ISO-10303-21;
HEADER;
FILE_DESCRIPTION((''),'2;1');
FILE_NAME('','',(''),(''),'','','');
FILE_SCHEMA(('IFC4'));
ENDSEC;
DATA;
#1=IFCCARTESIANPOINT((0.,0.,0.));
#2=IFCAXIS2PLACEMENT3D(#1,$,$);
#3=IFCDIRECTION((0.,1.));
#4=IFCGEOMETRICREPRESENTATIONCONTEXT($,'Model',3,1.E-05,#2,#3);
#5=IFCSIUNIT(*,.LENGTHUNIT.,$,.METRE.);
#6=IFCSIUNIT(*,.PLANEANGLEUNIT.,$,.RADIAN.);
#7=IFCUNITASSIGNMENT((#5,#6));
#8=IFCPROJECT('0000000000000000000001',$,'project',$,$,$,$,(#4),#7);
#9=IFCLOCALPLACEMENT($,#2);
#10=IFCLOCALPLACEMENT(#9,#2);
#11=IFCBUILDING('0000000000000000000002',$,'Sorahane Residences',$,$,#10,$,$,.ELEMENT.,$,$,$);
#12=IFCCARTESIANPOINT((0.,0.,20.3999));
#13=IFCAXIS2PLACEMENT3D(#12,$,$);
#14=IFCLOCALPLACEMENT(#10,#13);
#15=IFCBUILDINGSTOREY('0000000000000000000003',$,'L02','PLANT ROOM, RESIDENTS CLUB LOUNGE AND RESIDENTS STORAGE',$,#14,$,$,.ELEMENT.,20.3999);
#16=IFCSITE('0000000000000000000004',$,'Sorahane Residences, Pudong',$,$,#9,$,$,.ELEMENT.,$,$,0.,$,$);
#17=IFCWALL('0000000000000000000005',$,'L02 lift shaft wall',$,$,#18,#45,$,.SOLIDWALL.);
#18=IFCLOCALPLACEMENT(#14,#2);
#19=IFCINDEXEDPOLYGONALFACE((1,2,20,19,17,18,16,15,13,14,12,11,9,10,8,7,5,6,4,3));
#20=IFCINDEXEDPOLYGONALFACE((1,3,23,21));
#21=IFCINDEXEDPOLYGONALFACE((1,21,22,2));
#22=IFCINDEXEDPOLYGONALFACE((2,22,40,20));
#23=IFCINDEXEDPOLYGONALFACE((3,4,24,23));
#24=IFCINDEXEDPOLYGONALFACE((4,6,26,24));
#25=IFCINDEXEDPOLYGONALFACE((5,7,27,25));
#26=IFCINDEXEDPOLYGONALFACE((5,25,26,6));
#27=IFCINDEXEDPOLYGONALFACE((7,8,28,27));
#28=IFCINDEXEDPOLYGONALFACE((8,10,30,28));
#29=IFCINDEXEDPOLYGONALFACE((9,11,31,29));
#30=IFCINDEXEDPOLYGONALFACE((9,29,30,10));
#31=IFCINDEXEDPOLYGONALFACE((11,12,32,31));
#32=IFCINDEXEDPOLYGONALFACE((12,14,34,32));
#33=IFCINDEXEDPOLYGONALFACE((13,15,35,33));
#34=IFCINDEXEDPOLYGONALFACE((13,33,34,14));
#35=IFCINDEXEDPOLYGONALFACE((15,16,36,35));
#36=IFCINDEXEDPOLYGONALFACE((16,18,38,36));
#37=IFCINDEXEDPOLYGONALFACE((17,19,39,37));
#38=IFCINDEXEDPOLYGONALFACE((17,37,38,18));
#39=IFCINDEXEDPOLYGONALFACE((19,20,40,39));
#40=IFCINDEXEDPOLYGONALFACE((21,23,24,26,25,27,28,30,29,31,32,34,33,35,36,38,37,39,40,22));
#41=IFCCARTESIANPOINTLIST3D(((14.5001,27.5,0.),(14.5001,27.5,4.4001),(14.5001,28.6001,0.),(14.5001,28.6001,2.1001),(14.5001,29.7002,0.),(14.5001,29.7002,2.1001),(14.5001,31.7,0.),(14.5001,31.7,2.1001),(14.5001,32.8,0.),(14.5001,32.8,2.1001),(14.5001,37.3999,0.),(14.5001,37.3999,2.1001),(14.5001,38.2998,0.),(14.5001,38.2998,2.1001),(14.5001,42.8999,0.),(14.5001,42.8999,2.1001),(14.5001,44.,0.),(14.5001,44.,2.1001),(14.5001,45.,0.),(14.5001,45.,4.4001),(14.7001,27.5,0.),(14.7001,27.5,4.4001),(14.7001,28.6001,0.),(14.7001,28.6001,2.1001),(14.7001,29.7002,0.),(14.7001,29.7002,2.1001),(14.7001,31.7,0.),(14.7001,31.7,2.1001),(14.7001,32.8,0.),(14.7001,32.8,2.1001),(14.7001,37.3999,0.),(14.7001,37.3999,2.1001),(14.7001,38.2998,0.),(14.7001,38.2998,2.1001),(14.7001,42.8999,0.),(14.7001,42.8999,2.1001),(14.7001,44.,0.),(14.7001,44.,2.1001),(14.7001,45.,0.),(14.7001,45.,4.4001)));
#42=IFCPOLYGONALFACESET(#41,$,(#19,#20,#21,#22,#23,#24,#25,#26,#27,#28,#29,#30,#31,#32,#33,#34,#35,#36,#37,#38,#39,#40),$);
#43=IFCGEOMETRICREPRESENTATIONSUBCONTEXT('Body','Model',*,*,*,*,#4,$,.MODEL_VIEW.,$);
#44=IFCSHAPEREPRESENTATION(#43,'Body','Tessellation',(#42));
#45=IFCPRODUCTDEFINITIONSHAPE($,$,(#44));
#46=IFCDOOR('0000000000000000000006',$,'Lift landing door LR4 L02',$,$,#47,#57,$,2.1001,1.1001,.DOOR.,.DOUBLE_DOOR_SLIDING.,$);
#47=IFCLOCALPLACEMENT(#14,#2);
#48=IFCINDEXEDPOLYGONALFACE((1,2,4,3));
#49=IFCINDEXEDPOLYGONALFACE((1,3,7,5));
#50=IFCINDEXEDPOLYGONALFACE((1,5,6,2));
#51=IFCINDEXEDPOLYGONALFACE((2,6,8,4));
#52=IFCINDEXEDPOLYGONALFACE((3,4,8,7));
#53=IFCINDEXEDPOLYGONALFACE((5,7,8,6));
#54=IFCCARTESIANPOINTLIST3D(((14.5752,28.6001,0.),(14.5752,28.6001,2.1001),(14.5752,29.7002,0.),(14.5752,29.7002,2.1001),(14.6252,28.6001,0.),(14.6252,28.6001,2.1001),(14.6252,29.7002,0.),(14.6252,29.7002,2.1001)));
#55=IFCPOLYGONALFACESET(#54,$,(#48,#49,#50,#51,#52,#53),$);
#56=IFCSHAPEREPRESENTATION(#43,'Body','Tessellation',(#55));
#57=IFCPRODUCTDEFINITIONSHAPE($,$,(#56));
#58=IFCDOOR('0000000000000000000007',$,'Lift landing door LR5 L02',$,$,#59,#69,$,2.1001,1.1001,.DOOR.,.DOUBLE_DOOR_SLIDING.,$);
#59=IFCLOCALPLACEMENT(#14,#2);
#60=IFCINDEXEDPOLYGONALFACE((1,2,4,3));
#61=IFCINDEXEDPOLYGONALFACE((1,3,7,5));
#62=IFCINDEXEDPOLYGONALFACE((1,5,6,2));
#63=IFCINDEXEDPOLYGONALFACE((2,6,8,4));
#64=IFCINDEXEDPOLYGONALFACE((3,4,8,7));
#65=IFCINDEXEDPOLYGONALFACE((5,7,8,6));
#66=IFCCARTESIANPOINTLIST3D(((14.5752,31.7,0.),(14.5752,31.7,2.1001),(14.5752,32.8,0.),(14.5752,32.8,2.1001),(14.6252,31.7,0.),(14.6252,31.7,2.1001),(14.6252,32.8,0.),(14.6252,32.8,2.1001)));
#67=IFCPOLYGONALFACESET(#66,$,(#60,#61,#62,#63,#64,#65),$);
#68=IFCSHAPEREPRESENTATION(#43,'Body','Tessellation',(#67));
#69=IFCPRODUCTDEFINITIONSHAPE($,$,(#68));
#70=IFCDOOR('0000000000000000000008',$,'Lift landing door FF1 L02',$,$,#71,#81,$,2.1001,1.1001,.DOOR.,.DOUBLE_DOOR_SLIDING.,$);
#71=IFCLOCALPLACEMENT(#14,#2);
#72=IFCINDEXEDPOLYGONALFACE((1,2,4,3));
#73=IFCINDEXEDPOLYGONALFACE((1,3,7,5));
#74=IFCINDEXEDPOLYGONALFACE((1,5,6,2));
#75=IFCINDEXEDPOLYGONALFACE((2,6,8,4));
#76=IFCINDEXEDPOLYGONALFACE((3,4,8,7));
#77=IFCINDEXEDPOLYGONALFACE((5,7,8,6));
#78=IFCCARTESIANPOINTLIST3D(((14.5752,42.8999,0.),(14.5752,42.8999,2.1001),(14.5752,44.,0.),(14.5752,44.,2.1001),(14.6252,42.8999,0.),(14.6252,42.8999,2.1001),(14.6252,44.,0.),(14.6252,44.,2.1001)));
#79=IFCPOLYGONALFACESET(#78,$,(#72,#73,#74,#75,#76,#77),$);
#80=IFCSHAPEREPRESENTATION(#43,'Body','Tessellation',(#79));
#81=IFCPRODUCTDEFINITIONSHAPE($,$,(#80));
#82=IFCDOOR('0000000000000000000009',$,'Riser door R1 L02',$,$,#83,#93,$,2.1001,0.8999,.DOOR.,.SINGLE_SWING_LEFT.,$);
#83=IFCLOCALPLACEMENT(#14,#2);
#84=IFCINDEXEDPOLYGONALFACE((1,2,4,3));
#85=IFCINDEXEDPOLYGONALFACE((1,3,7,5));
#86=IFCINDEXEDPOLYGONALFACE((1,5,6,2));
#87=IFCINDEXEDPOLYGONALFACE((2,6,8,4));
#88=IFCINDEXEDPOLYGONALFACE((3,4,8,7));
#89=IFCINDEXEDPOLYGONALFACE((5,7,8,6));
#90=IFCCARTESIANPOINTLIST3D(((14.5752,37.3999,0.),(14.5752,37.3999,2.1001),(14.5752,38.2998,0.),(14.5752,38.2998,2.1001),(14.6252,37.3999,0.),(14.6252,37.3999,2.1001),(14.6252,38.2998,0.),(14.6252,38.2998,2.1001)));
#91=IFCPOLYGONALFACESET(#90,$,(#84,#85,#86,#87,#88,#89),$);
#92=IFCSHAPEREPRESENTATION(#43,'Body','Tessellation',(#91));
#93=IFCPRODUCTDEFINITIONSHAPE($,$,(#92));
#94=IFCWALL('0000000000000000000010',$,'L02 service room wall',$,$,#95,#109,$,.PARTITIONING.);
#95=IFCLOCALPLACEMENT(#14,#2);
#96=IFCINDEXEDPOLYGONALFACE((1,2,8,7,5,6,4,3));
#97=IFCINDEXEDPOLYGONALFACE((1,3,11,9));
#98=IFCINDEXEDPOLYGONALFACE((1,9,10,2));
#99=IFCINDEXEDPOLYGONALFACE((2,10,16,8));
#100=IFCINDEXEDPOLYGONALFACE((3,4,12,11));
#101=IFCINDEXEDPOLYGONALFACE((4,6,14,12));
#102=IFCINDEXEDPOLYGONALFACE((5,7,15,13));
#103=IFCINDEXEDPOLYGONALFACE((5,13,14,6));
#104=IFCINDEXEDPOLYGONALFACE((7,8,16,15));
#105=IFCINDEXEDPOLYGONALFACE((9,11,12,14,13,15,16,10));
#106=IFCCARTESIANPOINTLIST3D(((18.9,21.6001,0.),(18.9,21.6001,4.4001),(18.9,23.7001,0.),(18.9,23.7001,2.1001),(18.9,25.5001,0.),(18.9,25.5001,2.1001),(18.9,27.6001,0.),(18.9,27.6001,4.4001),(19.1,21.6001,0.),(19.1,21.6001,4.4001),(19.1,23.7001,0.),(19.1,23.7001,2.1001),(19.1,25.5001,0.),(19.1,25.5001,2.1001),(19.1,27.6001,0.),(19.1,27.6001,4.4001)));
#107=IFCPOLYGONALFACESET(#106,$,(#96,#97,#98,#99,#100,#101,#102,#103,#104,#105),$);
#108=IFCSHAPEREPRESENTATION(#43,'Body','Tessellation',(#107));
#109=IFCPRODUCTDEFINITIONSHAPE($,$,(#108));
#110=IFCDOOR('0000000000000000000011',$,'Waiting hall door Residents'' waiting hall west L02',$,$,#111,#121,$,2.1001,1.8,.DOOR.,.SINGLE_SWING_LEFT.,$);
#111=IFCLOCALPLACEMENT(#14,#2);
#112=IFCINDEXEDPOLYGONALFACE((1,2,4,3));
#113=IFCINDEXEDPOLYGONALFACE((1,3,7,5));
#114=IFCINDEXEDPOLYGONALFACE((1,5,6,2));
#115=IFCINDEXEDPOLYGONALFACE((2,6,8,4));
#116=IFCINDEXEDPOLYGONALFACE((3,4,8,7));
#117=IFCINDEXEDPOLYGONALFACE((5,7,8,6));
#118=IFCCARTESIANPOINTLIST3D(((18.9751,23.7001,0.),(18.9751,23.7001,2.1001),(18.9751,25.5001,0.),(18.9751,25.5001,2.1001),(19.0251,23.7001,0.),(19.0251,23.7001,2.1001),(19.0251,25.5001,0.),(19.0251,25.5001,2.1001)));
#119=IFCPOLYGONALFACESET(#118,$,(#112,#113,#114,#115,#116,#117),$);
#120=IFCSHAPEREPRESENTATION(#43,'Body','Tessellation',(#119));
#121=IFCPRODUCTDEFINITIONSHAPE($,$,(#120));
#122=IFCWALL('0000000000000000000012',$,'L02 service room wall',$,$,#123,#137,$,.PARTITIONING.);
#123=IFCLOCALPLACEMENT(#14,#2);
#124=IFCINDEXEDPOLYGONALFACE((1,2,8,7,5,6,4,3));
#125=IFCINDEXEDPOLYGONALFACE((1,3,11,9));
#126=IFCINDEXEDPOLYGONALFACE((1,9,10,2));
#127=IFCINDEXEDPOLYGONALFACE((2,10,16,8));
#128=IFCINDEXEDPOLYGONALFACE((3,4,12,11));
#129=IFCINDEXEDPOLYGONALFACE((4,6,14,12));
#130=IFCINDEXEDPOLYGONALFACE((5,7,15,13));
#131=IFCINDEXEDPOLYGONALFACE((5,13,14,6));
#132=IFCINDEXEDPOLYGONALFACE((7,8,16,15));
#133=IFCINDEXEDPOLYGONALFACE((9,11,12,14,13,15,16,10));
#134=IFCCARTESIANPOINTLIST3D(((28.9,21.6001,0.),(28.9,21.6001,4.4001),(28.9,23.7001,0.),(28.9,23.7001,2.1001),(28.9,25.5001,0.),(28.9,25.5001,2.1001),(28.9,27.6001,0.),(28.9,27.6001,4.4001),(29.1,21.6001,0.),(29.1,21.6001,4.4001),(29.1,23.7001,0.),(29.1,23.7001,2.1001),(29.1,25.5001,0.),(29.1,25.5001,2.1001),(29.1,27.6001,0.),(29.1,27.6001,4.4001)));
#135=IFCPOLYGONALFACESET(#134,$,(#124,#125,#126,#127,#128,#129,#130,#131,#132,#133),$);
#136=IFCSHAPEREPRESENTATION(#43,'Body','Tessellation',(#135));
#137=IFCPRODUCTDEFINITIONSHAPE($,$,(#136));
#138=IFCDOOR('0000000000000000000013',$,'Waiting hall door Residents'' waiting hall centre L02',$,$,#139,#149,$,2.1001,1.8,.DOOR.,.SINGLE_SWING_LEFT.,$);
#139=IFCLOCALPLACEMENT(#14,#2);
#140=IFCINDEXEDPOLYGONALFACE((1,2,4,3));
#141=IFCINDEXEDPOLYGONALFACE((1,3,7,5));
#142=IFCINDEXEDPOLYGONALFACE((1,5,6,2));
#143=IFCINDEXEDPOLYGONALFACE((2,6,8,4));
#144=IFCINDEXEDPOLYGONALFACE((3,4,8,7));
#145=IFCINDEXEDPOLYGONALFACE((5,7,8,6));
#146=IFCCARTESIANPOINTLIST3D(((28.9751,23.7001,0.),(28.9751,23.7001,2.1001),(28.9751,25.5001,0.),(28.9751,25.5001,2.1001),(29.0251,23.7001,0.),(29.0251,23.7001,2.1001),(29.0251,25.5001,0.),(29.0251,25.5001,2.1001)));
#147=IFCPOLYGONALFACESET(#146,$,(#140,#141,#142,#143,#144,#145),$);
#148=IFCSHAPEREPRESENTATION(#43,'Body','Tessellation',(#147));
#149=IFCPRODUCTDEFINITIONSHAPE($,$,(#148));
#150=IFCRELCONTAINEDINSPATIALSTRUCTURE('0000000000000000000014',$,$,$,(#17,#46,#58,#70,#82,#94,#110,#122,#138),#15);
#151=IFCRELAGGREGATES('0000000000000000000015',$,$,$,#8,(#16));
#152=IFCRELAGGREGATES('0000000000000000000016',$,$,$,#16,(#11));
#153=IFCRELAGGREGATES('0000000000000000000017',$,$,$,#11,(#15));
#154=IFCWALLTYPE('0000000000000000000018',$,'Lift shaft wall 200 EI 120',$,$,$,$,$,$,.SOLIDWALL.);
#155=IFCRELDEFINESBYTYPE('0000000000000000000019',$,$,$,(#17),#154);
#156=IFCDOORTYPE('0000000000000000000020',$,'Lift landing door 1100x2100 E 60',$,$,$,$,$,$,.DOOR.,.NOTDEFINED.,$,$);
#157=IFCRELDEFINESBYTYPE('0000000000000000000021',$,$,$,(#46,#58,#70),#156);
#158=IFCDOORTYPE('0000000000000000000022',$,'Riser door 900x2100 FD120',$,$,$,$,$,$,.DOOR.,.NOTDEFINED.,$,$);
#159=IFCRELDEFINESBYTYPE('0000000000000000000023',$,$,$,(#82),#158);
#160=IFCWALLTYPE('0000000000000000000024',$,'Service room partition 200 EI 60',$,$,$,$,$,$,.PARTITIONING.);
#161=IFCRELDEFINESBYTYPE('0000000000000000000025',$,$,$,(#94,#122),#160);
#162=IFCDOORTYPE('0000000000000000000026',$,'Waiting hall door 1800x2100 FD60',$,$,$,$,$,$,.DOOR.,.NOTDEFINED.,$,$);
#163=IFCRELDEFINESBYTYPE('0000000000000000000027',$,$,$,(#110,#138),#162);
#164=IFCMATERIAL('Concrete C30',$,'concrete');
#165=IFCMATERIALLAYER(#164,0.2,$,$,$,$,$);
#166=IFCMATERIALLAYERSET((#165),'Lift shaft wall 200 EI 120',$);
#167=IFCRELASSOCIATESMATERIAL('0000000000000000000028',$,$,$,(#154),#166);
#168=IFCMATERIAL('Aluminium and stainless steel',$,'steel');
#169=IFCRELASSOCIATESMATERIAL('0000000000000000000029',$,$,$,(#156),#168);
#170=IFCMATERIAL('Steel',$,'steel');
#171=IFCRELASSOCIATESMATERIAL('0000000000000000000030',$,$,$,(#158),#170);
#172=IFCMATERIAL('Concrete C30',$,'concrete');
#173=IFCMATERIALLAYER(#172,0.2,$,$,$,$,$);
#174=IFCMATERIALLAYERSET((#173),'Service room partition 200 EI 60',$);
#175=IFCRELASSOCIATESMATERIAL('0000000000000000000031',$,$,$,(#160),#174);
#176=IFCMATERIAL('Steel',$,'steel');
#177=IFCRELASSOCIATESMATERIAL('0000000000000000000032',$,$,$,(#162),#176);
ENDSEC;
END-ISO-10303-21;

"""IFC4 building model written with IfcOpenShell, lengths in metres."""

from ifc_helpers import new_model, si_unit, direction, frame, frame_2d, origin, place, context, subcontext, project, spatial, rectangle, extrude, material, layer, layer_set, type_object, element, fill, save


model = new_model("IFC4")

# Units and contexts
model_context = context("Model", 3, precision=1e-05, world=origin(), true_north=direction((0.0, 1.0)))
body_context = subcontext(model_context, "Body", "Model", "MODEL_VIEW")
ifc_project = project(units=[si_unit("LENGTHUNIT", "METRE"), si_unit("PLANEANGLEUNIT", "RADIAN")], contexts=[model_context])

# Site, building, storey
site_placement = place(None, origin())
site = spatial("IfcSite", under=ifc_project, at=site_placement, Name="Sorahane Residences, Pudong", CompositionType="ELEMENT", RefElevation=0.0)
building_placement = place(site_placement, origin())
building = spatial("IfcBuilding", under=site, at=building_placement, Name="Sorahane Residences", CompositionType="ELEMENT")
storey_placement = place(building_placement, frame((0.0, 0.0, 20.3999)))
storey = spatial("IfcBuildingStorey", under=building, at=storey_placement, Name="L02", Description="PLANT ROOM, RESIDENTS CLUB LOUNGE AND RESIDENTS STORAGE", CompositionType="ELEMENT", Elevation=20.3999)

# Wall, openings, doors
ifc_material_1 = material(Name="Concrete C30", Category="concrete")
ifc_layer_1 = layer(ifc_material_1, 0.2)
ifc_layer_set_1 = layer_set([ifc_layer_1], Name="Lift shaft wall 200 EI 120")
wall_type_1 = type_object("IfcWallType", Name="Lift shaft wall 200 EI 120", PredefinedType="SOLIDWALL", material=ifc_layer_set_1)
wall_1_placement = place(storey_placement, frame((14.6001, 27.5, 0.0), z_axis=(0.0, 0.0, 1.0), x_axis=(0.0, 1.0, 0.0)))
wall_1 = element("IfcWall", 1, at=wall_1_placement, inside=storey, type_object=wall_type_1, Name="L02 lift shaft wall", PredefinedType="SOLIDWALL", context=body_context, shape_type="SweptSolid", body=[
    extrude(rectangle(XDim=17.5, YDim=0.2, at=frame_2d((8.75, 0.0))), origin(), (0.0, 0.0, 1.0), 4.4001),
])
opening_1_placement = place(wall_1_placement, frame((1.1001, 0.0, 0.0)))
opening_1 = element("IfcOpeningElement", 2, at=opening_1_placement, cuts=wall_1, PredefinedType="OPENING", context=body_context, shape_type="SweptSolid", body=[
    extrude(rectangle(XDim=1.1001, YDim=2.1001, at=frame_2d((0.55, 1.05))), frame((0.0, 0.1099, 0.0), z_axis=(0.0, -1.0, 0.0), x_axis=(1.0, 0.0, 0.0)), (0.0, 0.0, 1.0), 0.22),
])
opening_2_placement = place(wall_1_placement, frame((4.2, 0.0, 0.0)))
opening_2 = element("IfcOpeningElement", 3, at=opening_2_placement, cuts=wall_1, PredefinedType="OPENING", context=body_context, shape_type="SweptSolid", body=[
    extrude(rectangle(XDim=1.1001, YDim=2.1001, at=frame_2d((0.55, 1.05))), frame((0.0, 0.1099, 0.0), z_axis=(0.0, -1.0, 0.0), x_axis=(1.0, 0.0, 0.0)), (0.0, 0.0, 1.0), 0.22),
])
opening_3_placement = place(wall_1_placement, frame((15.3999, 0.0, 0.0)))
opening_3 = element("IfcOpeningElement", 4, at=opening_3_placement, cuts=wall_1, PredefinedType="OPENING", context=body_context, shape_type="SweptSolid", body=[
    extrude(rectangle(XDim=1.1001, YDim=2.1001, at=frame_2d((0.55, 1.05))), frame((0.0, 0.1099, 0.0), z_axis=(0.0, -1.0, 0.0), x_axis=(1.0, 0.0, 0.0)), (0.0, 0.0, 1.0), 0.22),
])
opening_4_placement = place(wall_1_placement, frame((9.8999, 0.0, 0.0)))
opening_4 = element("IfcOpeningElement", 5, at=opening_4_placement, cuts=wall_1, PredefinedType="OPENING", context=body_context, shape_type="SweptSolid", body=[
    extrude(rectangle(XDim=0.8999, YDim=2.1001, at=frame_2d((0.45, 1.05))), frame((0.0, 0.1099, 0.0), z_axis=(0.0, -1.0, 0.0), x_axis=(1.0, 0.0, 0.0)), (0.0, 0.0, 1.0), 0.22),
])
ifc_material_2 = material(Name="Aluminium and stainless steel", Category="steel")
door_type_1 = type_object("IfcDoorType", Name="Lift landing door 1100x2100 E 60", OperationType="NOTDEFINED", PredefinedType="DOOR", material=ifc_material_2)
door_1_placement = place(opening_1_placement, origin())
door_1 = element("IfcDoor", 6, at=door_1_placement, inside=storey, type_object=door_type_1, Name="Lift landing door LR4 L02", OperationType="DOUBLE_DOOR_SLIDING", OverallHeight=2.1001, OverallWidth=1.1001, PredefinedType="DOOR", context=body_context, shape_type="SweptSolid", body=[
    extrude(rectangle(XDim=1.1001, YDim=2.1001, at=frame_2d((0.55, 1.05))), frame((0.0, 0.0249, 0.0), z_axis=(0.0, -1.0, 0.0), x_axis=(1.0, 0.0, 0.0)), (0.0, 0.0, 1.0), 0.05),
])
fill(opening_1, door_1)
door_2_placement = place(opening_2_placement, origin())
door_2 = element("IfcDoor", 7, at=door_2_placement, inside=storey, type_object=door_type_1, Name="Lift landing door LR5 L02", OperationType="DOUBLE_DOOR_SLIDING", OverallHeight=2.1001, OverallWidth=1.1001, PredefinedType="DOOR", context=body_context, shape_type="SweptSolid", body=[
    extrude(rectangle(XDim=1.1001, YDim=2.1001, at=frame_2d((0.55, 1.05))), frame((0.0, 0.0249, 0.0), z_axis=(0.0, -1.0, 0.0), x_axis=(1.0, 0.0, 0.0)), (0.0, 0.0, 1.0), 0.05),
])
fill(opening_2, door_2)
door_3_placement = place(opening_3_placement, origin())
door_3 = element("IfcDoor", 8, at=door_3_placement, inside=storey, type_object=door_type_1, Name="Lift landing door FF1 L02", OperationType="DOUBLE_DOOR_SLIDING", OverallHeight=2.1001, OverallWidth=1.1001, PredefinedType="DOOR", context=body_context, shape_type="SweptSolid", body=[
    extrude(rectangle(XDim=1.1001, YDim=2.1001, at=frame_2d((0.55, 1.05))), frame((0.0, 0.0249, 0.0), z_axis=(0.0, -1.0, 0.0), x_axis=(1.0, 0.0, 0.0)), (0.0, 0.0, 1.0), 0.05),
])
fill(opening_3, door_3)
ifc_material_3 = material(Name="Steel", Category="steel")
door_type_2 = type_object("IfcDoorType", Name="Riser door 900x2100 FD120", OperationType="NOTDEFINED", PredefinedType="DOOR", material=ifc_material_3)
door_4_placement = place(opening_4_placement, origin())
door_4 = element("IfcDoor", 9, at=door_4_placement, inside=storey, type_object=door_type_2, Name="Riser door R1 L02", OperationType="SINGLE_SWING_LEFT", OverallHeight=2.1001, OverallWidth=0.8999, PredefinedType="DOOR", context=body_context, shape_type="SweptSolid", body=[
    extrude(rectangle(XDim=0.8999, YDim=2.1001, at=frame_2d((0.45, 1.05))), frame((0.0, 0.0249, 0.0), z_axis=(0.0, -1.0, 0.0), x_axis=(1.0, 0.0, 0.0)), (0.0, 0.0, 1.0), 0.05),
])
fill(opening_4, door_4)

# Walls, openings, doors
ifc_material_4 = material(Name="Concrete C30", Category="concrete")
ifc_layer_2 = layer(ifc_material_4, 0.2)
ifc_layer_set_2 = layer_set([ifc_layer_2], Name="Service room partition 200 EI 60")
wall_type_2 = type_object("IfcWallType", Name="Service room partition 200 EI 60", PredefinedType="PARTITIONING", material=ifc_layer_set_2)
wall_2_placement = place(storey_placement, frame((19.0, 21.6001, 0.0), z_axis=(0.0, 0.0, 1.0), x_axis=(0.0, 1.0, 0.0)))
wall_2 = element("IfcWall", 10, at=wall_2_placement, inside=storey, type_object=wall_type_2, Name="L02 service room wall", PredefinedType="PARTITIONING", context=body_context, shape_type="SweptSolid", body=[
    extrude(rectangle(XDim=6.0, YDim=0.2, at=frame_2d((3.0, 0.0))), origin(), (0.0, 0.0, 1.0), 4.4001),
])
opening_5_placement = place(wall_2_placement, frame((2.1001, 0.0, 0.0)))
opening_5 = element("IfcOpeningElement", 11, at=opening_5_placement, cuts=wall_2, PredefinedType="OPENING", context=body_context, shape_type="SweptSolid", body=[
    extrude(rectangle(XDim=1.8, YDim=2.1001, at=frame_2d((0.8999, 1.05))), frame((0.0, 0.1099, 0.0), z_axis=(0.0, -1.0, 0.0), x_axis=(1.0, 0.0, 0.0)), (0.0, 0.0, 1.0), 0.22),
])
ifc_material_5 = material(Name="Steel", Category="steel")
door_type_3 = type_object("IfcDoorType", Name="Waiting hall door 1800x2100 FD60", OperationType="NOTDEFINED", PredefinedType="DOOR", material=ifc_material_5)
door_5_placement = place(opening_5_placement, origin())
door_5 = element("IfcDoor", 12, at=door_5_placement, inside=storey, type_object=door_type_3, Name="Waiting hall door Residents' waiting hall west L02", OperationType="SINGLE_SWING_LEFT", OverallHeight=2.1001, OverallWidth=1.8, PredefinedType="DOOR", context=body_context, shape_type="SweptSolid", body=[
    extrude(rectangle(XDim=1.8, YDim=2.1001, at=frame_2d((0.8999, 1.05))), frame((0.0, 0.0249, 0.0), z_axis=(0.0, -1.0, 0.0), x_axis=(1.0, 0.0, 0.0)), (0.0, 0.0, 1.0), 0.05),
])
fill(opening_5, door_5)
wall_3_placement = place(storey_placement, frame((29.0, 21.6001, 0.0), z_axis=(0.0, 0.0, 1.0), x_axis=(0.0, 1.0, 0.0)))
wall_3 = element("IfcWall", 13, at=wall_3_placement, inside=storey, type_object=wall_type_2, Name="L02 service room wall", PredefinedType="PARTITIONING", context=body_context, shape_type="SweptSolid", body=[
    extrude(rectangle(XDim=6.0, YDim=0.2, at=frame_2d((3.0, 0.0))), origin(), (0.0, 0.0, 1.0), 4.4001),
])
opening_6_placement = place(wall_3_placement, frame((2.1001, 0.0, 0.0)))
opening_6 = element("IfcOpeningElement", 14, at=opening_6_placement, cuts=wall_3, PredefinedType="OPENING", context=body_context, shape_type="SweptSolid", body=[
    extrude(rectangle(XDim=1.8, YDim=2.1001, at=frame_2d((0.8999, 1.05))), frame((0.0, 0.1099, 0.0), z_axis=(0.0, -1.0, 0.0), x_axis=(1.0, 0.0, 0.0)), (0.0, 0.0, 1.0), 0.22),
])
door_6_placement = place(opening_6_placement, origin())
door_6 = element("IfcDoor", 15, at=door_6_placement, inside=storey, type_object=door_type_3, Name="Waiting hall door Residents' waiting hall centre L02", OperationType="SINGLE_SWING_LEFT", OverallHeight=2.1001, OverallWidth=1.8, PredefinedType="DOOR", context=body_context, shape_type="SweptSolid", body=[
    extrude(rectangle(XDim=1.8, YDim=2.1001, at=frame_2d((0.8999, 1.05))), frame((0.0, 0.0249, 0.0), z_axis=(0.0, -1.0, 0.0), x_axis=(1.0, 0.0, 0.0)), (0.0, 0.0, 1.0), 0.05),
])
fill(opening_6, door_6)

save(model, "model.ifc")
